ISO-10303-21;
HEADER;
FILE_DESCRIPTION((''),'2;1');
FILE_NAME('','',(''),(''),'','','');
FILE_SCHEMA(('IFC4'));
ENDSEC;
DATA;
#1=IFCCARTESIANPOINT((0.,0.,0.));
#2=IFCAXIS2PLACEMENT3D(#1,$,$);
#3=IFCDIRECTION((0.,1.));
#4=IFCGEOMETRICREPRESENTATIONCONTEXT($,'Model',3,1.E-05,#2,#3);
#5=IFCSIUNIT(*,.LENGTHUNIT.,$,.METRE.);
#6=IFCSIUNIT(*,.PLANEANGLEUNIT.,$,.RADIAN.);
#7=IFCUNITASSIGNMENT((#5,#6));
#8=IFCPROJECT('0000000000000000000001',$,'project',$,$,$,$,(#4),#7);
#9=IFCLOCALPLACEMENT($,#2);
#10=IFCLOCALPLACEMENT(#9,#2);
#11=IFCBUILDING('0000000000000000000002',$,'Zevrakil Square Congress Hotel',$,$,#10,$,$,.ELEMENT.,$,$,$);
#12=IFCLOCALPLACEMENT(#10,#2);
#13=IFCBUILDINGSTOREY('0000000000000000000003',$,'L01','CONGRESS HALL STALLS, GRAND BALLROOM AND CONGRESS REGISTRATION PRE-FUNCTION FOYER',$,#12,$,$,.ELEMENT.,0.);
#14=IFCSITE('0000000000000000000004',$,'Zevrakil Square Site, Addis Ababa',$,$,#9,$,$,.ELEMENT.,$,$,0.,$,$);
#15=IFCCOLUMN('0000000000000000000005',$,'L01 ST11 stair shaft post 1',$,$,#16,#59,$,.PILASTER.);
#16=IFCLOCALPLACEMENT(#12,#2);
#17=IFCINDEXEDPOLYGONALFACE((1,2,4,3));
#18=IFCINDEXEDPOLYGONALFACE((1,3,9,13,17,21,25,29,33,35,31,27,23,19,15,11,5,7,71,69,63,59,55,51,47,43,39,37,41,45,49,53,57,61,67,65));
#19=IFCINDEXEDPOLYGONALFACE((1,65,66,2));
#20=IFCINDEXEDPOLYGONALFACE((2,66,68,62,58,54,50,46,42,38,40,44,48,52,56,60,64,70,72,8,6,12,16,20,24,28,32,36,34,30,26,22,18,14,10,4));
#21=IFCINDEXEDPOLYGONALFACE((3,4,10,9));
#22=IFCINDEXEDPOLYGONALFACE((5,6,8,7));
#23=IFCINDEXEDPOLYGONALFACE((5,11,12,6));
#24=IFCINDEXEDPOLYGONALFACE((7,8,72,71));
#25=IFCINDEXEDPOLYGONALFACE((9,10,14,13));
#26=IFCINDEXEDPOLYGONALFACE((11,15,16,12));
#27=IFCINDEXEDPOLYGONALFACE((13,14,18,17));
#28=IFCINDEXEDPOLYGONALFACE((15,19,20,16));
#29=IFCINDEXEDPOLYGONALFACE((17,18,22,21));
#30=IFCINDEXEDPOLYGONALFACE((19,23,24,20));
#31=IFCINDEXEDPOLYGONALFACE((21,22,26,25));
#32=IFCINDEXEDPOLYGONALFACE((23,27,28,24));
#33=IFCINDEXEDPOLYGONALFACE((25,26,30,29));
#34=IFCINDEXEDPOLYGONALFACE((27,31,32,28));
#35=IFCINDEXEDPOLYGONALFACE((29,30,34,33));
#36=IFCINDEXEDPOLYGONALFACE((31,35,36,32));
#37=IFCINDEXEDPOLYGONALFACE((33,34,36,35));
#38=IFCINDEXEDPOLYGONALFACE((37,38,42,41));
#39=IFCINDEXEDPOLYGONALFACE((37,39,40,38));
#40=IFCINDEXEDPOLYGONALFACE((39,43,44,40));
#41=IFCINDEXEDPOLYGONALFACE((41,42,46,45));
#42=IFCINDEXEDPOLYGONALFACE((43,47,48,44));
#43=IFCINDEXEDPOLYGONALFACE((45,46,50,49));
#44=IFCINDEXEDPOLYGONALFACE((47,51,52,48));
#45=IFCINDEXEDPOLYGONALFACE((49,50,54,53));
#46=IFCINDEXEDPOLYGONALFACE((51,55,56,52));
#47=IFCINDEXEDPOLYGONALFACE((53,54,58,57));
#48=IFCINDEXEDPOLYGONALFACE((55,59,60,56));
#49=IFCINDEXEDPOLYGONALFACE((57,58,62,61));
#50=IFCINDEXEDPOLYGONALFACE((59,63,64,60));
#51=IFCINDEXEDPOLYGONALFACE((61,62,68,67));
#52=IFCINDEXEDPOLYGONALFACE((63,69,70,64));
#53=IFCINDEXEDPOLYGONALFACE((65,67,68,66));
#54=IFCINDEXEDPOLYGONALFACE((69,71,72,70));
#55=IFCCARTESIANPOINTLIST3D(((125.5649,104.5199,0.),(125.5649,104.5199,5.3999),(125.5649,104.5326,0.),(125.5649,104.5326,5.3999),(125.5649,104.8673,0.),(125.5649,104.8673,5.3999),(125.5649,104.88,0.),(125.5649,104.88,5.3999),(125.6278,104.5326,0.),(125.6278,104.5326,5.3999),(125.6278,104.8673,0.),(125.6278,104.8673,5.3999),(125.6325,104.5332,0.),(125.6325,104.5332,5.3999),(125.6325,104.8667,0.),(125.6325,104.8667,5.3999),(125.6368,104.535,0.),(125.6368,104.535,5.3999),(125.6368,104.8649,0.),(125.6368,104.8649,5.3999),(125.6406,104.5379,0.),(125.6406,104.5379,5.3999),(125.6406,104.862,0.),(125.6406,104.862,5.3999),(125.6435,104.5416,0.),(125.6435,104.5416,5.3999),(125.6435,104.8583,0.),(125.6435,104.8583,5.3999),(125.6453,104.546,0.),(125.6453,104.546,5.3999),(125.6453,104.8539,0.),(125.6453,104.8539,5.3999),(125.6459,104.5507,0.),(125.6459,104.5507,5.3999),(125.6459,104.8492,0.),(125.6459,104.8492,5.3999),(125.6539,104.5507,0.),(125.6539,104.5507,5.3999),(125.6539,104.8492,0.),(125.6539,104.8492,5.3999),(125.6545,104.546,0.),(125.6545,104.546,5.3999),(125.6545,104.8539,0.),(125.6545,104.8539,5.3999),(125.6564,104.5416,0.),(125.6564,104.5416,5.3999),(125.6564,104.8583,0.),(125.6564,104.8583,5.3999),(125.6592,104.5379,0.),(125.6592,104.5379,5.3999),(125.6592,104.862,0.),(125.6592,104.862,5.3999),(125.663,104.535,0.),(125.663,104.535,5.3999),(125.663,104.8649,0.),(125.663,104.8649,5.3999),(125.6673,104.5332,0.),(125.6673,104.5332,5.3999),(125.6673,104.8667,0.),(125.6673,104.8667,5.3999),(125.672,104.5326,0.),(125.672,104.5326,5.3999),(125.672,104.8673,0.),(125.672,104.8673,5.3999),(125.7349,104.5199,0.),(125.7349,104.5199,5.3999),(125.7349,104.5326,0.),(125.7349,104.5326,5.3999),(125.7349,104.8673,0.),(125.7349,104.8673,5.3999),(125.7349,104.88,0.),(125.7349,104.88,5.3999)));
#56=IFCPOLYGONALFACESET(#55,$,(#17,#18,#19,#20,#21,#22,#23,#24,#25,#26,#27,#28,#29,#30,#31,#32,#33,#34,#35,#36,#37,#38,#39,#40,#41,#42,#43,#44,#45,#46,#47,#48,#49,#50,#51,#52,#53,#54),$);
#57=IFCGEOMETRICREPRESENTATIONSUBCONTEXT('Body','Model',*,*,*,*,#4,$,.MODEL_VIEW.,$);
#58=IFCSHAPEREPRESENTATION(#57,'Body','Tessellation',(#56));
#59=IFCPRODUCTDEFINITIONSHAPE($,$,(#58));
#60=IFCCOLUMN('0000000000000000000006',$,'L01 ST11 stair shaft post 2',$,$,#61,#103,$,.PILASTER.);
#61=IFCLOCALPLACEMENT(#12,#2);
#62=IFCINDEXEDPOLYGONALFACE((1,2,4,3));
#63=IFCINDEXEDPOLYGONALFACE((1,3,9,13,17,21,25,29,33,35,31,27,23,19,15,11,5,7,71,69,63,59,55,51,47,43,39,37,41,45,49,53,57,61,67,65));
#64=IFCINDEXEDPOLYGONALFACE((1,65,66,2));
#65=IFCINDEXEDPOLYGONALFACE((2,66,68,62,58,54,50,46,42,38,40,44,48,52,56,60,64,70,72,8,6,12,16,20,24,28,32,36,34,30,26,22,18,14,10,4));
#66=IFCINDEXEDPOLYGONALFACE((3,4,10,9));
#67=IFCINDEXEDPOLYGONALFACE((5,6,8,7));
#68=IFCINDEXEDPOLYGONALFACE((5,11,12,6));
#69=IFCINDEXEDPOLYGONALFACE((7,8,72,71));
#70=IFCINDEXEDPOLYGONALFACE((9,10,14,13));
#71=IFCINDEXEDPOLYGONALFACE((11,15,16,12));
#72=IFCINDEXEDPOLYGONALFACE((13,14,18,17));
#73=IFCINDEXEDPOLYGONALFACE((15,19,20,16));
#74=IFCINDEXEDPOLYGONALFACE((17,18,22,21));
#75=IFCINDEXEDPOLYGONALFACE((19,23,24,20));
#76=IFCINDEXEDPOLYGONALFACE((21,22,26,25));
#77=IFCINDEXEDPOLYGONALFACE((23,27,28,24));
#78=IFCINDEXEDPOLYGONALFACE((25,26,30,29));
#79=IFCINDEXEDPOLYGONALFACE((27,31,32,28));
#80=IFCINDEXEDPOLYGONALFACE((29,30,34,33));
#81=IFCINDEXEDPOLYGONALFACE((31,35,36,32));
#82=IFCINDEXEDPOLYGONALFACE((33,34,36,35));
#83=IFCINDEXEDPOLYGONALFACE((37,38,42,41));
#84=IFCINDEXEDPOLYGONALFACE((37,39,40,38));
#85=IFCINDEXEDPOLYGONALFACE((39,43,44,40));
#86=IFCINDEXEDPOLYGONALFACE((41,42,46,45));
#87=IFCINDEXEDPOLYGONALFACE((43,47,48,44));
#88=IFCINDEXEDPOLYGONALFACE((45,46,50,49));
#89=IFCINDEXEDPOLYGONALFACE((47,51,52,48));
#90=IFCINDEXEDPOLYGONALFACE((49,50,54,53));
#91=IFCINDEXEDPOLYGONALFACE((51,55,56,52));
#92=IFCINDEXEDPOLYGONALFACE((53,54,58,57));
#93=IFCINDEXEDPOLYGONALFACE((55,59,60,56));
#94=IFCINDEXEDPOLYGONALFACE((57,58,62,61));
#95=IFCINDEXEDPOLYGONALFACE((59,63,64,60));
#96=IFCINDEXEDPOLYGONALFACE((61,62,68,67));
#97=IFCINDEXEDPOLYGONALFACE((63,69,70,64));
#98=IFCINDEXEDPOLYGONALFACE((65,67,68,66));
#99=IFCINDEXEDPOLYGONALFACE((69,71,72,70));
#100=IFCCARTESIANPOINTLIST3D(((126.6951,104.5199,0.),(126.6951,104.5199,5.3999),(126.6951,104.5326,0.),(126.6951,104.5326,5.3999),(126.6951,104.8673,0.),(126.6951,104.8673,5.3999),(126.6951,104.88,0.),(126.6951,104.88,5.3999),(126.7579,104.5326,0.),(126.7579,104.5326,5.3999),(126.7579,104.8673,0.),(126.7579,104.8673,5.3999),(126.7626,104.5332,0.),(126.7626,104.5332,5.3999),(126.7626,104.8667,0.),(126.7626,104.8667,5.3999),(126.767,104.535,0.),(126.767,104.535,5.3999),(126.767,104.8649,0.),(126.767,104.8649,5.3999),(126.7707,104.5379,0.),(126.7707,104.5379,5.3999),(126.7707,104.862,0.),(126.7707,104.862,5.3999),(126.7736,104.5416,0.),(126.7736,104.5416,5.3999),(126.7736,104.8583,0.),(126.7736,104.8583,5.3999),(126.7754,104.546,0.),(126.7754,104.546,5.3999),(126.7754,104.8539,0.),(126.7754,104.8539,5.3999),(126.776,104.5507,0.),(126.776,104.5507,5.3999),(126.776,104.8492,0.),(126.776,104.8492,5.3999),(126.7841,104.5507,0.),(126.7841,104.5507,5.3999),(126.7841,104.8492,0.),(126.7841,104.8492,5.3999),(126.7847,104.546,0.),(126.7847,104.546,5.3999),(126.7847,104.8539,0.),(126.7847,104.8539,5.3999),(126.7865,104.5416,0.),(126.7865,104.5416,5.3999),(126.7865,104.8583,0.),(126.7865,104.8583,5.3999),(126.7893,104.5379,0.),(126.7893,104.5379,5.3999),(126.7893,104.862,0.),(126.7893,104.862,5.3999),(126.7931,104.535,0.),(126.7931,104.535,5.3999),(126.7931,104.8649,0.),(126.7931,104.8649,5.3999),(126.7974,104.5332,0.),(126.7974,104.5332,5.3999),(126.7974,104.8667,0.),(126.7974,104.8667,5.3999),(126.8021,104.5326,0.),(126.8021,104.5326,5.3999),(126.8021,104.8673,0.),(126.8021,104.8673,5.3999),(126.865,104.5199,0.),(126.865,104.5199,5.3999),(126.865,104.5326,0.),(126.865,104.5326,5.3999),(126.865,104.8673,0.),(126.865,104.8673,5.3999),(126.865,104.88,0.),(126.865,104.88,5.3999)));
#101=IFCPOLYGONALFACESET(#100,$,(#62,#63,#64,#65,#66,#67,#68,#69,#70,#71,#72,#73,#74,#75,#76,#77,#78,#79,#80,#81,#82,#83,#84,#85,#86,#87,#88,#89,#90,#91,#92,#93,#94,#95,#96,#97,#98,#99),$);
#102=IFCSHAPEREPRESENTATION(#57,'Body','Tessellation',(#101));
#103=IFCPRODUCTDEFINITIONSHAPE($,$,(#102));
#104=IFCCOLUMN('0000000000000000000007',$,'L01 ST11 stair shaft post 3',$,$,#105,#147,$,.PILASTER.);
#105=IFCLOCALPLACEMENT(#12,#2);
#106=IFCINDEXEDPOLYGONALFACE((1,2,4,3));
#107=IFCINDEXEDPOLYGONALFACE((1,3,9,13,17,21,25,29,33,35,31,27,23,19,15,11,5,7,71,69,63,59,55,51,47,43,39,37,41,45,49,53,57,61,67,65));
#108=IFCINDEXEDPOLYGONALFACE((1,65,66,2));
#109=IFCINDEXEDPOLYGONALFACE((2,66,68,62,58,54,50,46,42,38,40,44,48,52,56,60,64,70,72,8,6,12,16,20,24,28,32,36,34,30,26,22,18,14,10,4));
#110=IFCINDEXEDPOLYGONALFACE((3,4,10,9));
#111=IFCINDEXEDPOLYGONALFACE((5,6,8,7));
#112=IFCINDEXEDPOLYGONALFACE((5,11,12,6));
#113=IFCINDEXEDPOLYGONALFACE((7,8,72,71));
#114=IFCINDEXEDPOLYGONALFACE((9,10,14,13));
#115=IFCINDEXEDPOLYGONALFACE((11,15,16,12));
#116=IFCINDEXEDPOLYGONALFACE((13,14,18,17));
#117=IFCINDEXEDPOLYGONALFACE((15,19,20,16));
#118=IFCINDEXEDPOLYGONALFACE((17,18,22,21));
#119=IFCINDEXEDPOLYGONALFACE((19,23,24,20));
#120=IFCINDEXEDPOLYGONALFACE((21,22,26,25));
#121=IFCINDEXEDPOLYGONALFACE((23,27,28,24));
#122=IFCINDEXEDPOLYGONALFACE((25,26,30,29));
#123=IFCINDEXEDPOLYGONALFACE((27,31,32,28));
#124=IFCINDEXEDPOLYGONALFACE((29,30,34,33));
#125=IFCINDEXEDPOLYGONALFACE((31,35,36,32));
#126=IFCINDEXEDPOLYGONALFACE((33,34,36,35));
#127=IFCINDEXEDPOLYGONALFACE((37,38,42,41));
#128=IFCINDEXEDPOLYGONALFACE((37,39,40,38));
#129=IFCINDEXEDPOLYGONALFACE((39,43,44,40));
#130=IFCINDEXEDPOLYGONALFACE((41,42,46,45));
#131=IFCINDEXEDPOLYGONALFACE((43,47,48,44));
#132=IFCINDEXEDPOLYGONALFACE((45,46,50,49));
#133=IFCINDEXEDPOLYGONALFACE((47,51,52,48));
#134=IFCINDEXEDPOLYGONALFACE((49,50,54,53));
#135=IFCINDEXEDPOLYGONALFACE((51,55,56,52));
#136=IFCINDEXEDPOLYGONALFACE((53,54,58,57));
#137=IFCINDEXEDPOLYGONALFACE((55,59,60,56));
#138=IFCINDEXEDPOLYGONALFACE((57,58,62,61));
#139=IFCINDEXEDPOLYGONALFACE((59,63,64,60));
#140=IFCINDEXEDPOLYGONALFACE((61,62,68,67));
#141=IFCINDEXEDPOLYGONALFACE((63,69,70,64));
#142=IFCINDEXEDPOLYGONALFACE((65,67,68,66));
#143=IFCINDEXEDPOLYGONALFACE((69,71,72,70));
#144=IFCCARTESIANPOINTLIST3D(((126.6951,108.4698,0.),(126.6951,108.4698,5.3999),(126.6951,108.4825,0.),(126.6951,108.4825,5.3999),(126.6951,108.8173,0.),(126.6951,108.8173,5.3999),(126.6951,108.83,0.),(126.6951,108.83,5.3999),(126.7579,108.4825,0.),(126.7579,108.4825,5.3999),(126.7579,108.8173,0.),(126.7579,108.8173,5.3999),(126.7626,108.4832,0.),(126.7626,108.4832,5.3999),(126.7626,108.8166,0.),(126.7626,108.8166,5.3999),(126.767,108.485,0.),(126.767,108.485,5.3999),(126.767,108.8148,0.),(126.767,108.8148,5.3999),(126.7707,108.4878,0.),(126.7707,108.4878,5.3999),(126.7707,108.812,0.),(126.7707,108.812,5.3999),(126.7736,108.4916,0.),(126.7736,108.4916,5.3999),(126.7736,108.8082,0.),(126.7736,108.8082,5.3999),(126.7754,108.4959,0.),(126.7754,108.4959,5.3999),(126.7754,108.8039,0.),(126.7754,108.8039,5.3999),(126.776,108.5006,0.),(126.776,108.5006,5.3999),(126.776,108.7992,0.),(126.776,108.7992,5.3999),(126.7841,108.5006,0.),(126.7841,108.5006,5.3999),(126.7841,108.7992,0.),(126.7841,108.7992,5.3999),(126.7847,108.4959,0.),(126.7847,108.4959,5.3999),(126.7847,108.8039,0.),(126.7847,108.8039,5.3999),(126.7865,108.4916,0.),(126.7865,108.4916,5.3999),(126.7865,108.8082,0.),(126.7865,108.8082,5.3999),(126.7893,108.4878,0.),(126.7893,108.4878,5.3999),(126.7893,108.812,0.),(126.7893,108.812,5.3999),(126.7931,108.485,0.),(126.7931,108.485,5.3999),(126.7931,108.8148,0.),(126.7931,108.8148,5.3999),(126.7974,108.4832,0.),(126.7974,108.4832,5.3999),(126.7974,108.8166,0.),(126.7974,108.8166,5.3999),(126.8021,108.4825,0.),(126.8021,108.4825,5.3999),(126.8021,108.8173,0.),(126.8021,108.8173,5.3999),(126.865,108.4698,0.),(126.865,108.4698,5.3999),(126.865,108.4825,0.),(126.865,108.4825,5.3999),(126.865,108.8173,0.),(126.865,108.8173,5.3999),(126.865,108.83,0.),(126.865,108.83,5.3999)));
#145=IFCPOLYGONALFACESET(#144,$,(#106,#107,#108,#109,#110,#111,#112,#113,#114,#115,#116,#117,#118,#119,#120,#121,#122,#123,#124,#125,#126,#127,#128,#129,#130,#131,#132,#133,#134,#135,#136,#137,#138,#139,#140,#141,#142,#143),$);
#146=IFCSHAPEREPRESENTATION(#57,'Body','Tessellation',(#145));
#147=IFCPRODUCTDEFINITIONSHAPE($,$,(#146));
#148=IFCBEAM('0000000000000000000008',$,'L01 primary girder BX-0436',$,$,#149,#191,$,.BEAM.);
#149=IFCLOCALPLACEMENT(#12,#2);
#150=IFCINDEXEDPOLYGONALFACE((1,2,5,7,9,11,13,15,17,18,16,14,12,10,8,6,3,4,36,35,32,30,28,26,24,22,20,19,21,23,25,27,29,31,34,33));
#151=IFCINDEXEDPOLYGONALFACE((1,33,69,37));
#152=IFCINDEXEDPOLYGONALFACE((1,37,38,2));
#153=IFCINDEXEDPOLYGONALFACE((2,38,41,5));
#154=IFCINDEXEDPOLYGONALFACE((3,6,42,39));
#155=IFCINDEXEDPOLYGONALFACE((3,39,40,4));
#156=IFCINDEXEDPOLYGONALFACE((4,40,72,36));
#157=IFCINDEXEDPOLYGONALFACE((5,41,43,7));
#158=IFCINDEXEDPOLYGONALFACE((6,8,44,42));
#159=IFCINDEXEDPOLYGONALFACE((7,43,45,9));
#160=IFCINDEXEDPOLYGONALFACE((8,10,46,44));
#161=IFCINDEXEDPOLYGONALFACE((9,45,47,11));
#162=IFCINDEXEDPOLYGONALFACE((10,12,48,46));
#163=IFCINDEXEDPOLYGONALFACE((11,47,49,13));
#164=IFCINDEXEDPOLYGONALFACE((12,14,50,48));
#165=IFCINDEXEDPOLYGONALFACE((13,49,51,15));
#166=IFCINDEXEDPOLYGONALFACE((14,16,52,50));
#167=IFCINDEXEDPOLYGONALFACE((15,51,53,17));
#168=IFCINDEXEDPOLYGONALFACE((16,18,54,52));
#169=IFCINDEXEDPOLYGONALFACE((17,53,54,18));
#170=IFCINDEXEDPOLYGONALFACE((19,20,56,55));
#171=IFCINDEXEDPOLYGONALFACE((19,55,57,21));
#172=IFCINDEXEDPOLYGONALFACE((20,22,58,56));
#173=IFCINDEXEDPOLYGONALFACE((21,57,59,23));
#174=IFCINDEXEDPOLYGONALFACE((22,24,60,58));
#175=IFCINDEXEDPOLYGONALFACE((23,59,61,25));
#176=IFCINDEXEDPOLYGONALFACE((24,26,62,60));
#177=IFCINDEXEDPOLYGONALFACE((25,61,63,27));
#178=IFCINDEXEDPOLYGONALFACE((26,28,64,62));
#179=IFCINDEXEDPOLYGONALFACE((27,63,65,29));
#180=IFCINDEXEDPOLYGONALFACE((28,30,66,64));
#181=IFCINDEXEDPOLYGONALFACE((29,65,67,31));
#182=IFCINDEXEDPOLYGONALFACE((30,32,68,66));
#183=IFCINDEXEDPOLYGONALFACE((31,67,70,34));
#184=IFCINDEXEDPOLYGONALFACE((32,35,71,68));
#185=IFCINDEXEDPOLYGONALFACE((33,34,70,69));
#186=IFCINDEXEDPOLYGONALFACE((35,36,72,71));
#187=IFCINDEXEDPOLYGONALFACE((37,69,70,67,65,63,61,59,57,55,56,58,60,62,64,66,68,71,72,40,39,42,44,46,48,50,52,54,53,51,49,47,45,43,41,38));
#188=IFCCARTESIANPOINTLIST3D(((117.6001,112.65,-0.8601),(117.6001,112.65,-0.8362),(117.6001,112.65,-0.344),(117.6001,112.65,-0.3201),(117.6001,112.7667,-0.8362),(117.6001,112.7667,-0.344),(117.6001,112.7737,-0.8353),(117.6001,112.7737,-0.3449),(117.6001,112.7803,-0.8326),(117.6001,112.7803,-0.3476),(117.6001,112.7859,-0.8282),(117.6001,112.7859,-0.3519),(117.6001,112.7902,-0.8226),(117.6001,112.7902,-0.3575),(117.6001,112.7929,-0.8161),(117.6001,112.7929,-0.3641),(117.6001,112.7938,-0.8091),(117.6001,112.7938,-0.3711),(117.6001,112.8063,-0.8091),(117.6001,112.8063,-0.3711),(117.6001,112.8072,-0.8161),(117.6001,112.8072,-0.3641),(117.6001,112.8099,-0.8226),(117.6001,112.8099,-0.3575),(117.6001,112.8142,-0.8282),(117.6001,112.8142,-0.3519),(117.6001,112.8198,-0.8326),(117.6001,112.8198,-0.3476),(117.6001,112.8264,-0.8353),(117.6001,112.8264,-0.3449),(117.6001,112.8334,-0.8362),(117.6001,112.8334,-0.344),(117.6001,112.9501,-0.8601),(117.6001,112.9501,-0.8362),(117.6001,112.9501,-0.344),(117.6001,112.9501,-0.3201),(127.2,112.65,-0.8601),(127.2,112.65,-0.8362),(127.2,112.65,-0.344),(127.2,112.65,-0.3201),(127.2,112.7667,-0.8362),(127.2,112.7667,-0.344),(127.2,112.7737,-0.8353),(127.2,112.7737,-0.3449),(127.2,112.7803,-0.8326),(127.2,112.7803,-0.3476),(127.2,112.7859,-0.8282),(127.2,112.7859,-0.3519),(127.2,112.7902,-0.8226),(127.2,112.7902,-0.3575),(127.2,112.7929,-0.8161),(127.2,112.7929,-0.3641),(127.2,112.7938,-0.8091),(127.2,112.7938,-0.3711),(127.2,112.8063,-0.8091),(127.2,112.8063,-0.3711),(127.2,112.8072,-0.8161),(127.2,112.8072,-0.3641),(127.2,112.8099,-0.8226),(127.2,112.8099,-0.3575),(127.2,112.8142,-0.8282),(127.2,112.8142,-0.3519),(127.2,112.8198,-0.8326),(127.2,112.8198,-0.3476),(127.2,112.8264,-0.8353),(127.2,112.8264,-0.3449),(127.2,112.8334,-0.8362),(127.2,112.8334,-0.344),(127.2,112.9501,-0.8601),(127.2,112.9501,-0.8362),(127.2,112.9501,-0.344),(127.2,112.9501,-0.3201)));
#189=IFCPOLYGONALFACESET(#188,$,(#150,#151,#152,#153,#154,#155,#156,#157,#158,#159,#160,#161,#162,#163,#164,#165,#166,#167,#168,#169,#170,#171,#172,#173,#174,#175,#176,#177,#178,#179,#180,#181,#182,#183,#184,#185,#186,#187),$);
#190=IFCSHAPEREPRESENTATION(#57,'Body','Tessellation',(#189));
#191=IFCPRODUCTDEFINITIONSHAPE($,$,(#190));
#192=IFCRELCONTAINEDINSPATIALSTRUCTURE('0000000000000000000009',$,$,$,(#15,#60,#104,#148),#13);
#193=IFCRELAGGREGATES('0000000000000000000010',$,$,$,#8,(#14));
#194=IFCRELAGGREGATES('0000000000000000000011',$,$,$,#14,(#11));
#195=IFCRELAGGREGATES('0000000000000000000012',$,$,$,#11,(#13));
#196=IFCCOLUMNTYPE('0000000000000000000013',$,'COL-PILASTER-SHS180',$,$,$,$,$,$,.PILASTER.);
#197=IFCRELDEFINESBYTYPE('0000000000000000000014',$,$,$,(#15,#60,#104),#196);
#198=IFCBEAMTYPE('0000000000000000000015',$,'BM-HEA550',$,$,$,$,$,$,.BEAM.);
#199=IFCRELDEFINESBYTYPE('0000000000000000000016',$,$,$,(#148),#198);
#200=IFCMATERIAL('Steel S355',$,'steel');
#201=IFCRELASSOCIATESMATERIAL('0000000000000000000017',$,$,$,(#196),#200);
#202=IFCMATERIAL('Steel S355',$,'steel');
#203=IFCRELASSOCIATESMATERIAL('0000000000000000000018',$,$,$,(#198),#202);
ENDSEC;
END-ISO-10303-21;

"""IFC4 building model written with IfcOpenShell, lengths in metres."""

from ifc_helpers import new_model, si_unit, direction, frame, origin, origin_2d, place, context, subcontext, project, spatial, i_section, extrude, material, material_profile, profile_set, type_object, element, save


model = new_model("IFC4")

# Units and contexts
model_context = context("Model", 3, precision=1e-05, world=origin(), true_north=direction((0.0, 1.0)))
body_context = subcontext(model_context, "Body", "Model", "MODEL_VIEW")
ifc_project = project(units=[si_unit("LENGTHUNIT", "METRE"), si_unit("PLANEANGLEUNIT", "RADIAN")], contexts=[model_context])

# Site, building, storey
site_placement = place(None, origin())
site = spatial("IfcSite", under=ifc_project, at=site_placement, Name="Zevrakil Square Site, Addis Ababa", CompositionType="ELEMENT", RefElevation=0.0)
building_placement = place(site_placement, origin())
building = spatial("IfcBuilding", under=site, at=building_placement, Name="Zevrakil Square Congress Hotel", CompositionType="ELEMENT")
storey_placement = place(building_placement, origin())
storey = spatial("IfcBuildingStorey", under=building, at=storey_placement, Name="L01", Description="CONGRESS HALL STALLS, GRAND BALLROOM AND CONGRESS REGISTRATION PRE-FUNCTION FOYER", CompositionType="ELEMENT", Elevation=0.0)

# Columns
ifc_material_1 = material(Name="Steel S355", Category="steel")
ifc_material_profile_1 = material_profile(ifc_material_1, i_section(OverallWidth=0.1699, OverallDepth=0.3601, WebThickness=0.0081, FlangeThickness=0.0127, FilletRadius=0.0181, at=origin_2d()), Name="IPE 360")
ifc_profile_set_1 = profile_set([ifc_material_profile_1], Name="Steel S355")
column_type_1 = type_object("IfcColumnType", Name="COL-PILASTER-SHS180", PredefinedType="PILASTER", material=ifc_profile_set_1)
for number, where, z_axis, x_axis, name in (
    (1, (125.6499, 104.7, 0.0), (0.0, 0.0, 1.0), (1.0, 0.0, 0.0), "L01 ST11 stair shaft post 1"),
    (2, (126.78, 104.7, 0.0), (0.0, 0.0, 1.0), (1.0, 0.0, 0.0), "L01 ST11 stair shaft post 2"),
    (3, (126.78, 108.6499, 0.0), (0.0, 0.0, 1.0), (1.0, 0.0, 0.0), "L01 ST11 stair shaft post 3"),
):
    element("IfcColumn", number, at=place(storey_placement, frame(where, z_axis=z_axis, x_axis=x_axis)), inside=storey, type_object=column_type_1, Name=name, PredefinedType="PILASTER", context=body_context, shape_type="SweptSolid", body=[
        extrude(i_section(OverallWidth=0.1699, OverallDepth=0.3601, WebThickness=0.0081, FlangeThickness=0.0127, FilletRadius=0.0181, at=origin_2d()), origin(), (0.0, 0.0, 1.0), 5.3999),
    ])

# Beam
ifc_material_2 = material(Name="Steel S355", Category="steel")
ifc_material_profile_2 = material_profile(ifc_material_2, i_section(OverallWidth=0.3, OverallDepth=0.54, WebThickness=0.0125, FlangeThickness=0.0239, FilletRadius=0.0271, at=origin_2d()), Name="HEA 550")
ifc_profile_set_2 = profile_set([ifc_material_profile_2], Name="Steel S355")
beam_type_1 = type_object("IfcBeamType", Name="BM-HEA550", PredefinedType="BEAM", material=ifc_profile_set_2)
for number, where, z_axis, x_axis, name in (
    (4, (117.6001, 112.8, -0.5901), (1.0, 0.0, 0.0), (0.0, 1.0, 0.0), "L01 primary girder BX-0436"),
):
    element("IfcBeam", number, at=place(storey_placement, frame(where, z_axis=z_axis, x_axis=x_axis)), inside=storey, type_object=beam_type_1, Name=name, PredefinedType="BEAM", context=body_context, shape_type="SweptSolid", body=[
        extrude(i_section(OverallWidth=0.3, OverallDepth=0.54, WebThickness=0.0125, FlangeThickness=0.0239, FilletRadius=0.0271, at=origin_2d()), origin(), (0.0, 0.0, 1.0), 9.5999),
    ])

save(model, "model.ifc")
